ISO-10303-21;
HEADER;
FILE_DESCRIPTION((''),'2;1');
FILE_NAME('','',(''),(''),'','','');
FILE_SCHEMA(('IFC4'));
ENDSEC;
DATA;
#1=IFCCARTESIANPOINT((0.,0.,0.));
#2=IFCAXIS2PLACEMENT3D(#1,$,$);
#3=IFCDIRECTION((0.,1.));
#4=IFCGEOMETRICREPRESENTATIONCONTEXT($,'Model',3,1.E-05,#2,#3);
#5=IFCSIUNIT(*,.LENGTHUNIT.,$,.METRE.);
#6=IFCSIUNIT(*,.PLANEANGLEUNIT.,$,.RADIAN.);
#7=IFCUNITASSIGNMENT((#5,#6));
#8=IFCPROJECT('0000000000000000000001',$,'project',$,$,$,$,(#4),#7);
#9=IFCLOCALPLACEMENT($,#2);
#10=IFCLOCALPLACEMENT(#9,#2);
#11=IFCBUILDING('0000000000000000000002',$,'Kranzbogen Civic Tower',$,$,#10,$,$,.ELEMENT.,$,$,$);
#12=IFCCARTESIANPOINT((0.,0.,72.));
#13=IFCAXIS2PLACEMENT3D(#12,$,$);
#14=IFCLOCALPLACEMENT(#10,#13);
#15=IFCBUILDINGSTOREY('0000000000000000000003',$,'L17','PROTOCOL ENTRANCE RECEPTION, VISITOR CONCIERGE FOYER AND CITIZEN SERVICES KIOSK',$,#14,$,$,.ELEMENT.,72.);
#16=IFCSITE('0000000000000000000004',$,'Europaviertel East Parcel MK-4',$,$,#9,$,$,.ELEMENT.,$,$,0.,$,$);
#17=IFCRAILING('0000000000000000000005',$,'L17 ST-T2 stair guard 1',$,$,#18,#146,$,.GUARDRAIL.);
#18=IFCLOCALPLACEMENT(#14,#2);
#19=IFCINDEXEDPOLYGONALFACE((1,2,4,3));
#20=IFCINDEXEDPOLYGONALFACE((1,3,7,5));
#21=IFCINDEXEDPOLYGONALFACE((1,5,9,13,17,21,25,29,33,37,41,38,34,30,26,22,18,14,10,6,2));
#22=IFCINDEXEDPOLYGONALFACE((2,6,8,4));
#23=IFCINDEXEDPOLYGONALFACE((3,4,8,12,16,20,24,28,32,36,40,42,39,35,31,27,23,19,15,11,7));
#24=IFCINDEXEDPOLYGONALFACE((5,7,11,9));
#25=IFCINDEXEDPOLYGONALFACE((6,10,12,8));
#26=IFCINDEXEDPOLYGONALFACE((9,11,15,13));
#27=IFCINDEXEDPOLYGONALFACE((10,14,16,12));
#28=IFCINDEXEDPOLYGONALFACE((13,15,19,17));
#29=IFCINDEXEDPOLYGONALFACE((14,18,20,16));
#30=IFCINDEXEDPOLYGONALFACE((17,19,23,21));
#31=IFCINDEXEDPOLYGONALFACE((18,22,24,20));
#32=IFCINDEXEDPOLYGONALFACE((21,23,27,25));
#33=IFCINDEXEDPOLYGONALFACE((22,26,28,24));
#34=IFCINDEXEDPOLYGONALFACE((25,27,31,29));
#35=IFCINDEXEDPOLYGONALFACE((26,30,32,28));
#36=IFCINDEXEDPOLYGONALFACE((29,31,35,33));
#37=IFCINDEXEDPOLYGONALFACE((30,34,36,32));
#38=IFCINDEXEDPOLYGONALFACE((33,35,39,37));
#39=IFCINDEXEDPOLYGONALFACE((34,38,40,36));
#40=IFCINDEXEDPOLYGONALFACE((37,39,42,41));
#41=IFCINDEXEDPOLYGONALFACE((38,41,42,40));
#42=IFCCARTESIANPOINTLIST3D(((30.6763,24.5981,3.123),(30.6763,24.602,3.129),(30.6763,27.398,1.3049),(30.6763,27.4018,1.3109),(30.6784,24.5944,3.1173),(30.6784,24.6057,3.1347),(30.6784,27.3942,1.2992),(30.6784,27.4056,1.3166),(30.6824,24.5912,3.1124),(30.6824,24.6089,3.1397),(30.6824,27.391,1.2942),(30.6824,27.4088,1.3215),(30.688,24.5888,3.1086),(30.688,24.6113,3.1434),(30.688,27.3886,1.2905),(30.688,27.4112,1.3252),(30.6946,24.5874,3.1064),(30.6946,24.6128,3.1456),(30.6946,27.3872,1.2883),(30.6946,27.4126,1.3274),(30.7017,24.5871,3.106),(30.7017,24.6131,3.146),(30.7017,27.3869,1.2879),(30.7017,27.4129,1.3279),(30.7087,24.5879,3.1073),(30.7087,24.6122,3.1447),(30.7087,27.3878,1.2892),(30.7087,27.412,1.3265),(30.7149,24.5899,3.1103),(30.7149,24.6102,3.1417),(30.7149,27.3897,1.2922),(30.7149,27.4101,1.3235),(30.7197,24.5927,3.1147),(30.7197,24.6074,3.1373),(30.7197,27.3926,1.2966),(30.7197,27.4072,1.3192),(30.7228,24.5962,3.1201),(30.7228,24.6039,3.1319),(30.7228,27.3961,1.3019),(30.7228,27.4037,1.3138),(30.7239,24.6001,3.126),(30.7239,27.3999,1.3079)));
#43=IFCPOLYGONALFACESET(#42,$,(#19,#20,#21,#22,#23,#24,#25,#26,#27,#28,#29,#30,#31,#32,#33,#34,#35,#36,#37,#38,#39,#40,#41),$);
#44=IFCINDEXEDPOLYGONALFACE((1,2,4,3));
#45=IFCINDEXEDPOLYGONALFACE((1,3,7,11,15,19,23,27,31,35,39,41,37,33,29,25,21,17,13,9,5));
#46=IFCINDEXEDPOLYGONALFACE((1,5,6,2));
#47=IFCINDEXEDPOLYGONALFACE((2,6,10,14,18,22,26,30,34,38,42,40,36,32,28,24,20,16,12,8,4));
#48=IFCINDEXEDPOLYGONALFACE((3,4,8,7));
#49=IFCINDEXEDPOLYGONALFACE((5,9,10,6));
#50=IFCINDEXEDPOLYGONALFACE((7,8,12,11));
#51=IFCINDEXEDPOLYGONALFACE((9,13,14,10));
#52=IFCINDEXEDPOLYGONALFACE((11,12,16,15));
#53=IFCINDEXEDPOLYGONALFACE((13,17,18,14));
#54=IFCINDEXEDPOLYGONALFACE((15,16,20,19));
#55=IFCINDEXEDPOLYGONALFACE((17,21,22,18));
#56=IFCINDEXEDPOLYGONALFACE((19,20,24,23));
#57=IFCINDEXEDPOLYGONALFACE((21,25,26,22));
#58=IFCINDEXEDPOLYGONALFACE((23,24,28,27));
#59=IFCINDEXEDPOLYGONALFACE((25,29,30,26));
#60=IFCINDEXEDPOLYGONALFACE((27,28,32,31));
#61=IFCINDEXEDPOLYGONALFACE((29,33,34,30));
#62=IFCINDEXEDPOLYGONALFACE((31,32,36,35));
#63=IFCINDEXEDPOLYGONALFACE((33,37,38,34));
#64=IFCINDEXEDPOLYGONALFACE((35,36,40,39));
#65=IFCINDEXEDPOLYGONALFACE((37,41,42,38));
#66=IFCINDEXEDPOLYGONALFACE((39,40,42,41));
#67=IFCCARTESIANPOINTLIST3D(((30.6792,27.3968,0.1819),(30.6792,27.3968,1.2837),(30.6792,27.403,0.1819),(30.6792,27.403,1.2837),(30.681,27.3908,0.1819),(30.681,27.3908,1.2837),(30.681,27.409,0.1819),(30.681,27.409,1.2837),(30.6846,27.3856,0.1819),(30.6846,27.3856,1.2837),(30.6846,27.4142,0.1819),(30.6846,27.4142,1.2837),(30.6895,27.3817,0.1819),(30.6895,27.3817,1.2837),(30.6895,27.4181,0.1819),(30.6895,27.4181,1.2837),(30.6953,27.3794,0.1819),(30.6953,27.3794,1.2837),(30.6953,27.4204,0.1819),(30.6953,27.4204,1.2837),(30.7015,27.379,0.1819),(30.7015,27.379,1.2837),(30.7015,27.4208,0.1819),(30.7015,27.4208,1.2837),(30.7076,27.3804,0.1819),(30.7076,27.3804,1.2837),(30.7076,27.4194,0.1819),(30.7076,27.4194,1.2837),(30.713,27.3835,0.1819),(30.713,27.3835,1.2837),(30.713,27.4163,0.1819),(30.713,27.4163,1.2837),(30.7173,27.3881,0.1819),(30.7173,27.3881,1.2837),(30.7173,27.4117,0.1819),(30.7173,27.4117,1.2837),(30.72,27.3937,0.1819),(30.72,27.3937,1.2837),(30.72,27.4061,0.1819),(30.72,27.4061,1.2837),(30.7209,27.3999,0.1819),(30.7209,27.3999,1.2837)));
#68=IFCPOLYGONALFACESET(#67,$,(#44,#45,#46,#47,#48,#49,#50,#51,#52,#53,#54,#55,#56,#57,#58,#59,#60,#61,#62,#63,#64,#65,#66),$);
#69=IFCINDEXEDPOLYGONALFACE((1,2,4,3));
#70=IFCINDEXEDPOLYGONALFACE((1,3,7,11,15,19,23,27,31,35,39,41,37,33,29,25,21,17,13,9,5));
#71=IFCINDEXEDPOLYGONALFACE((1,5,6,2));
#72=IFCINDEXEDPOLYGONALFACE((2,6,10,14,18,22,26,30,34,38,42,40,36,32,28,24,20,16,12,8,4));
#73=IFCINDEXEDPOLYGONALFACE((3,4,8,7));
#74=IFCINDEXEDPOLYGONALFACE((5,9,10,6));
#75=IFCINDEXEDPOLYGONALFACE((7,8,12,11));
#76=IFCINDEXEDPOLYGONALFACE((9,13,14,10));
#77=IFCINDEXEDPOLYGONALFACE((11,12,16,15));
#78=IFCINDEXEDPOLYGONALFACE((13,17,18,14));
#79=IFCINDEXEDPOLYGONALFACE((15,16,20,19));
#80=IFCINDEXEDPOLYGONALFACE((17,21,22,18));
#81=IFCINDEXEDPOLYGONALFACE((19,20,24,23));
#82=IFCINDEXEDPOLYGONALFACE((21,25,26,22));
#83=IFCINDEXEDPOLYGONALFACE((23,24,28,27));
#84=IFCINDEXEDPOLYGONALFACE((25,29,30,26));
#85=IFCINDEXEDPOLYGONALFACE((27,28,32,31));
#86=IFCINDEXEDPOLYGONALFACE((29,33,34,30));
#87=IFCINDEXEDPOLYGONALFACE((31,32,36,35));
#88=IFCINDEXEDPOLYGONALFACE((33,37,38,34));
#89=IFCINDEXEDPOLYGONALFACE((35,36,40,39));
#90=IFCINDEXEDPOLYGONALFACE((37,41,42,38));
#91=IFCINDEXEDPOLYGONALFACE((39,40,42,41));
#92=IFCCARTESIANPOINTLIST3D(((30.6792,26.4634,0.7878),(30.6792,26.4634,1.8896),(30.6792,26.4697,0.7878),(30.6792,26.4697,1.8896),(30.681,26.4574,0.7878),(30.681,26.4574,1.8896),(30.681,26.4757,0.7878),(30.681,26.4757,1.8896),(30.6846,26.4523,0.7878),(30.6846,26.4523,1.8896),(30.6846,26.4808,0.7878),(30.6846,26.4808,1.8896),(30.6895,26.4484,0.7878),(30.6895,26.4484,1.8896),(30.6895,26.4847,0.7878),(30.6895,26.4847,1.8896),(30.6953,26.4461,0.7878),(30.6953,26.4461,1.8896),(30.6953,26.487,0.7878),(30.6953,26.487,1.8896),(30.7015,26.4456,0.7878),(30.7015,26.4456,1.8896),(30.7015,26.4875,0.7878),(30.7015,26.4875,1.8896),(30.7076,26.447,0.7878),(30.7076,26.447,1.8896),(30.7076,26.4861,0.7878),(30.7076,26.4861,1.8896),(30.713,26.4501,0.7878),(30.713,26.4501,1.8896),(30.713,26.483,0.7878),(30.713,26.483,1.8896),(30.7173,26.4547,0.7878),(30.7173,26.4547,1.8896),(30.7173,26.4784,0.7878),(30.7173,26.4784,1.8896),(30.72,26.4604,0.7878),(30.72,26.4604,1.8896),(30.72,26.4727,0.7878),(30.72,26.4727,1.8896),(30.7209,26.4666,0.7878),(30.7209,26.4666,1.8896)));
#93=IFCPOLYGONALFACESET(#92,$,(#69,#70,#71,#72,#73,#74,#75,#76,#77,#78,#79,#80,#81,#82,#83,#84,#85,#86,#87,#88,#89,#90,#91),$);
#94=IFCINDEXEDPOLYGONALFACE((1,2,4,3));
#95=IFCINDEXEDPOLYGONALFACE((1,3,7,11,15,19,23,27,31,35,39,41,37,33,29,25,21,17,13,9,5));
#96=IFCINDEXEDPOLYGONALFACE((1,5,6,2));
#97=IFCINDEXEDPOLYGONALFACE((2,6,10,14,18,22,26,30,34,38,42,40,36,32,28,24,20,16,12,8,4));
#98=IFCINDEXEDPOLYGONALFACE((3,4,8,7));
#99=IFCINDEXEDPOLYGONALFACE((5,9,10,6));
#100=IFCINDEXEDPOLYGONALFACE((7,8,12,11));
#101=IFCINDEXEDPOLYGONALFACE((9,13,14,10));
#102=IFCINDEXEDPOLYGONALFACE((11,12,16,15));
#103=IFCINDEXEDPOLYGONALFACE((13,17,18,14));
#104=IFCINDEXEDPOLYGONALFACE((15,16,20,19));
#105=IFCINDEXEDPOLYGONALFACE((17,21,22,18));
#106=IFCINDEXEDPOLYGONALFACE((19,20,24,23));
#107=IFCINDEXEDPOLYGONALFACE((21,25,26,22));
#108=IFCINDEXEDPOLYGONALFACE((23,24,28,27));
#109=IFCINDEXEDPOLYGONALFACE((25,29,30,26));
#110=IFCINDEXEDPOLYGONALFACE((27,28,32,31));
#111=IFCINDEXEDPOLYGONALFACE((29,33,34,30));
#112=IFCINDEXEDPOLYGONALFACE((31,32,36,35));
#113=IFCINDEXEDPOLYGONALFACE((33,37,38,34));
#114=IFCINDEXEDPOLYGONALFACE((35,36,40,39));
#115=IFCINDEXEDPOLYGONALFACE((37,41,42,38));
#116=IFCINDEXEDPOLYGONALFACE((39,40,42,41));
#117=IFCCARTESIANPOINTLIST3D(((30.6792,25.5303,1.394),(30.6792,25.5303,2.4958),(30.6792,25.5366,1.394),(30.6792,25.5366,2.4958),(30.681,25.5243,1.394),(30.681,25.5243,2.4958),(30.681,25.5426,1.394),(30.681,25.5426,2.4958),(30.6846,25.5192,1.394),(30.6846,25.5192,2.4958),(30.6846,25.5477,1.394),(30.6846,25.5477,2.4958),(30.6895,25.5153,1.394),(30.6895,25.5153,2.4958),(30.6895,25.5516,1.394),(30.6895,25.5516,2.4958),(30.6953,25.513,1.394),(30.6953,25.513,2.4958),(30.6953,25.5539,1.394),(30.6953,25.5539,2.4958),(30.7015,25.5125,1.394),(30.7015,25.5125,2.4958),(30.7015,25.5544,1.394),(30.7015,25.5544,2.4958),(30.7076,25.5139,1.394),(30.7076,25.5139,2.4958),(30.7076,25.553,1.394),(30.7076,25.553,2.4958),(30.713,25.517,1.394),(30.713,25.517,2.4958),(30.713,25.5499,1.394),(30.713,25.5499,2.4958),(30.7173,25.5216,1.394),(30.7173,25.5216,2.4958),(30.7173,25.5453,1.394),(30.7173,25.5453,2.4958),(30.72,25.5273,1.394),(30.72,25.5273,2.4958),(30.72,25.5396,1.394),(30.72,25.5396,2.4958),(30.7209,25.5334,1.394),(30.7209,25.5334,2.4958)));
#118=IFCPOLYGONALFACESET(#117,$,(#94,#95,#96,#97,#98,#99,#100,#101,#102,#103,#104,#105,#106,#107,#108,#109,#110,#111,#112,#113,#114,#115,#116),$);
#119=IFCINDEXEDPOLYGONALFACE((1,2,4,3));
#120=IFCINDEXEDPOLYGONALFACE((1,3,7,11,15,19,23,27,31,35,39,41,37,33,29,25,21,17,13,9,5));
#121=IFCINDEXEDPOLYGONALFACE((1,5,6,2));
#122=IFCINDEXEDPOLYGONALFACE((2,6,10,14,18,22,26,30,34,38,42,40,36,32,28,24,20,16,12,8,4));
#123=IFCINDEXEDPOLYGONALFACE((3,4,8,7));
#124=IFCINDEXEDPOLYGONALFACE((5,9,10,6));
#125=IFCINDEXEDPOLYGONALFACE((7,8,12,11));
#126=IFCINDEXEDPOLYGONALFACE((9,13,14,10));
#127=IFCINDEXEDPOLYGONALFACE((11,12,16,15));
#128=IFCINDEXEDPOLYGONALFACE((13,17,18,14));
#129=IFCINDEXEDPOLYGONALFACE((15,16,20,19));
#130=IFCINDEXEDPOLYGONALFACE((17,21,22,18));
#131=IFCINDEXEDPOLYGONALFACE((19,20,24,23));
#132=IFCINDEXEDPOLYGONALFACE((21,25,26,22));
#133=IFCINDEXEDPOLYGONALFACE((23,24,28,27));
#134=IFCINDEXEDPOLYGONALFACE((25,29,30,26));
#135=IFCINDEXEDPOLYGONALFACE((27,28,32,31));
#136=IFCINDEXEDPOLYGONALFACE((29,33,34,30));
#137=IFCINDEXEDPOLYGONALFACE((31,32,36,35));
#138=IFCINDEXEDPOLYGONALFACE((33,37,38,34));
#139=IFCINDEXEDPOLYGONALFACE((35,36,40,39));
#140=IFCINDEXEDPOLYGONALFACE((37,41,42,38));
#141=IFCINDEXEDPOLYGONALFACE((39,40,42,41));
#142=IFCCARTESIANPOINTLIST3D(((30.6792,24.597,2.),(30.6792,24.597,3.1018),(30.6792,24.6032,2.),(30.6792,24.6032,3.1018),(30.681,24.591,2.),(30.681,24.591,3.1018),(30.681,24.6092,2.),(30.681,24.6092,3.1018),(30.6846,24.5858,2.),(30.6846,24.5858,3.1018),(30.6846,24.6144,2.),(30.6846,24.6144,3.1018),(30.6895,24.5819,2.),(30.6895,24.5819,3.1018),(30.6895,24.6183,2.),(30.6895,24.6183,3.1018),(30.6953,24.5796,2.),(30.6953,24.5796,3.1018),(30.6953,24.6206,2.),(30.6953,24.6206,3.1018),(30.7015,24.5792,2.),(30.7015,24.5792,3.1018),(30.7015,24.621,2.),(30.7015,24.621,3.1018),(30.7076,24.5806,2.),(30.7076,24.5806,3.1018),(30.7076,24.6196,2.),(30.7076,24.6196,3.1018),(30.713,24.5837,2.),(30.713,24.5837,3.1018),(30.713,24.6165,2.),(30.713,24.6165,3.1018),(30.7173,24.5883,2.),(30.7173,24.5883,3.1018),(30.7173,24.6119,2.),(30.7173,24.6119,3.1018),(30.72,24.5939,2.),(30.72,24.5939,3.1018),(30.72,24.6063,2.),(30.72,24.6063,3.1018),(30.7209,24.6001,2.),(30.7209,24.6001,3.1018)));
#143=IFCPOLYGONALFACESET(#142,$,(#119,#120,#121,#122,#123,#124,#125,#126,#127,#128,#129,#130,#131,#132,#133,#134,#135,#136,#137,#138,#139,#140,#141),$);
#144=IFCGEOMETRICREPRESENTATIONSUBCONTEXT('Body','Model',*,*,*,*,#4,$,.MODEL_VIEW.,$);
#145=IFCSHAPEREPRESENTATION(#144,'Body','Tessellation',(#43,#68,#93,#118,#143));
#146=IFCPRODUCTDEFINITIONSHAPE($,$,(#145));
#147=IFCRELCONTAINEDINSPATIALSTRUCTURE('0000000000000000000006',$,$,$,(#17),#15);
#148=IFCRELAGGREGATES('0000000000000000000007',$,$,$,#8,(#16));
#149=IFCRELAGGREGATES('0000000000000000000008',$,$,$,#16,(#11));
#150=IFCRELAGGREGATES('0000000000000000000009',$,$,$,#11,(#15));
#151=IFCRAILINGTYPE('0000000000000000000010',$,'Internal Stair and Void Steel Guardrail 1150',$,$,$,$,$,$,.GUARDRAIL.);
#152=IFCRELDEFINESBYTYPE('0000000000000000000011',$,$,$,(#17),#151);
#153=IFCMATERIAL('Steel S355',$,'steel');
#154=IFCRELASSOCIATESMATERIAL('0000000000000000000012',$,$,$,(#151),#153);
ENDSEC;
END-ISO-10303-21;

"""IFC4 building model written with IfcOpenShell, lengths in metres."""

from ifc_helpers import new_model, si_unit, direction, frame, origin, origin_2d, place, context, subcontext, project, spatial, circle, extrude, material, type_object, element, save


model = new_model("IFC4")

# Units and contexts
model_context = context("Model", 3, precision=1e-05, world=origin(), true_north=direction((0.0, 1.0)))
body_context = subcontext(model_context, "Body", "Model", "MODEL_VIEW")
ifc_project = project(units=[si_unit("LENGTHUNIT", "METRE"), si_unit("PLANEANGLEUNIT", "RADIAN")], contexts=[model_context])

# Site, building, storey
site_placement = place(None, origin())
site = spatial("IfcSite", under=ifc_project, at=site_placement, Name="Europaviertel East Parcel MK-4", CompositionType="ELEMENT", RefElevation=0.0)
building_placement = place(site_placement, origin())
building = spatial("IfcBuilding", under=site, at=building_placement, Name="Kranzbogen Civic Tower", CompositionType="ELEMENT")
storey_placement = place(building_placement, frame((0.0, 0.0, 72.0)))
storey = spatial("IfcBuildingStorey", under=building, at=storey_placement, Name="L17", Description="PROTOCOL ENTRANCE RECEPTION, VISITOR CONCIERGE FOYER AND CITIZEN SERVICES KIOSK", CompositionType="ELEMENT", Elevation=72.0)

# Shared definitions
ifc_material_1 = material(Name="Steel S355", Category="steel")

# Railing
railing_type_1 = type_object("IfcRailingType", Name="Internal Stair and Void Steel Guardrail 1150", PredefinedType="GUARDRAIL", material=ifc_material_1)
railing_1_placement = place(storey_placement, frame((30.7, 27.3999, 0.1819)))
element("IfcRailing", 1, at=railing_1_placement, inside=storey, type_object=railing_type_1, Name="L17 ST-T2 stair guard 1", PredefinedType="GUARDRAIL", context=body_context, shape_type="SweptSolid", body=[
    extrude(circle(Radius=0.0239, at=origin_2d()), frame((0.0, 0.0, 1.126), z_axis=(0.0, -0.838684, 0.544618), x_axis=(1.0, 0.0, 0.0)), (0.0, 0.0, 1.0), 3.3384),
    extrude(circle(Radius=0.021, at=origin_2d()), origin(), (0.0, 0.0, 1.0), 1.1018),
    extrude(circle(Radius=0.021, at=origin_2d()), frame((0.0, -0.9333, 0.606)), (0.0, 0.0, 1.0), 1.1018),
    extrude(circle(Radius=0.021, at=origin_2d()), frame((0.0, -1.8665, 1.2122)), (0.0, 0.0, 1.0), 1.1018),
    extrude(circle(Radius=0.021, at=origin_2d()), frame((0.0, -2.7998, 1.8181)), (0.0, 0.0, 1.0), 1.1018),
])

save(model, "model.ifc")
